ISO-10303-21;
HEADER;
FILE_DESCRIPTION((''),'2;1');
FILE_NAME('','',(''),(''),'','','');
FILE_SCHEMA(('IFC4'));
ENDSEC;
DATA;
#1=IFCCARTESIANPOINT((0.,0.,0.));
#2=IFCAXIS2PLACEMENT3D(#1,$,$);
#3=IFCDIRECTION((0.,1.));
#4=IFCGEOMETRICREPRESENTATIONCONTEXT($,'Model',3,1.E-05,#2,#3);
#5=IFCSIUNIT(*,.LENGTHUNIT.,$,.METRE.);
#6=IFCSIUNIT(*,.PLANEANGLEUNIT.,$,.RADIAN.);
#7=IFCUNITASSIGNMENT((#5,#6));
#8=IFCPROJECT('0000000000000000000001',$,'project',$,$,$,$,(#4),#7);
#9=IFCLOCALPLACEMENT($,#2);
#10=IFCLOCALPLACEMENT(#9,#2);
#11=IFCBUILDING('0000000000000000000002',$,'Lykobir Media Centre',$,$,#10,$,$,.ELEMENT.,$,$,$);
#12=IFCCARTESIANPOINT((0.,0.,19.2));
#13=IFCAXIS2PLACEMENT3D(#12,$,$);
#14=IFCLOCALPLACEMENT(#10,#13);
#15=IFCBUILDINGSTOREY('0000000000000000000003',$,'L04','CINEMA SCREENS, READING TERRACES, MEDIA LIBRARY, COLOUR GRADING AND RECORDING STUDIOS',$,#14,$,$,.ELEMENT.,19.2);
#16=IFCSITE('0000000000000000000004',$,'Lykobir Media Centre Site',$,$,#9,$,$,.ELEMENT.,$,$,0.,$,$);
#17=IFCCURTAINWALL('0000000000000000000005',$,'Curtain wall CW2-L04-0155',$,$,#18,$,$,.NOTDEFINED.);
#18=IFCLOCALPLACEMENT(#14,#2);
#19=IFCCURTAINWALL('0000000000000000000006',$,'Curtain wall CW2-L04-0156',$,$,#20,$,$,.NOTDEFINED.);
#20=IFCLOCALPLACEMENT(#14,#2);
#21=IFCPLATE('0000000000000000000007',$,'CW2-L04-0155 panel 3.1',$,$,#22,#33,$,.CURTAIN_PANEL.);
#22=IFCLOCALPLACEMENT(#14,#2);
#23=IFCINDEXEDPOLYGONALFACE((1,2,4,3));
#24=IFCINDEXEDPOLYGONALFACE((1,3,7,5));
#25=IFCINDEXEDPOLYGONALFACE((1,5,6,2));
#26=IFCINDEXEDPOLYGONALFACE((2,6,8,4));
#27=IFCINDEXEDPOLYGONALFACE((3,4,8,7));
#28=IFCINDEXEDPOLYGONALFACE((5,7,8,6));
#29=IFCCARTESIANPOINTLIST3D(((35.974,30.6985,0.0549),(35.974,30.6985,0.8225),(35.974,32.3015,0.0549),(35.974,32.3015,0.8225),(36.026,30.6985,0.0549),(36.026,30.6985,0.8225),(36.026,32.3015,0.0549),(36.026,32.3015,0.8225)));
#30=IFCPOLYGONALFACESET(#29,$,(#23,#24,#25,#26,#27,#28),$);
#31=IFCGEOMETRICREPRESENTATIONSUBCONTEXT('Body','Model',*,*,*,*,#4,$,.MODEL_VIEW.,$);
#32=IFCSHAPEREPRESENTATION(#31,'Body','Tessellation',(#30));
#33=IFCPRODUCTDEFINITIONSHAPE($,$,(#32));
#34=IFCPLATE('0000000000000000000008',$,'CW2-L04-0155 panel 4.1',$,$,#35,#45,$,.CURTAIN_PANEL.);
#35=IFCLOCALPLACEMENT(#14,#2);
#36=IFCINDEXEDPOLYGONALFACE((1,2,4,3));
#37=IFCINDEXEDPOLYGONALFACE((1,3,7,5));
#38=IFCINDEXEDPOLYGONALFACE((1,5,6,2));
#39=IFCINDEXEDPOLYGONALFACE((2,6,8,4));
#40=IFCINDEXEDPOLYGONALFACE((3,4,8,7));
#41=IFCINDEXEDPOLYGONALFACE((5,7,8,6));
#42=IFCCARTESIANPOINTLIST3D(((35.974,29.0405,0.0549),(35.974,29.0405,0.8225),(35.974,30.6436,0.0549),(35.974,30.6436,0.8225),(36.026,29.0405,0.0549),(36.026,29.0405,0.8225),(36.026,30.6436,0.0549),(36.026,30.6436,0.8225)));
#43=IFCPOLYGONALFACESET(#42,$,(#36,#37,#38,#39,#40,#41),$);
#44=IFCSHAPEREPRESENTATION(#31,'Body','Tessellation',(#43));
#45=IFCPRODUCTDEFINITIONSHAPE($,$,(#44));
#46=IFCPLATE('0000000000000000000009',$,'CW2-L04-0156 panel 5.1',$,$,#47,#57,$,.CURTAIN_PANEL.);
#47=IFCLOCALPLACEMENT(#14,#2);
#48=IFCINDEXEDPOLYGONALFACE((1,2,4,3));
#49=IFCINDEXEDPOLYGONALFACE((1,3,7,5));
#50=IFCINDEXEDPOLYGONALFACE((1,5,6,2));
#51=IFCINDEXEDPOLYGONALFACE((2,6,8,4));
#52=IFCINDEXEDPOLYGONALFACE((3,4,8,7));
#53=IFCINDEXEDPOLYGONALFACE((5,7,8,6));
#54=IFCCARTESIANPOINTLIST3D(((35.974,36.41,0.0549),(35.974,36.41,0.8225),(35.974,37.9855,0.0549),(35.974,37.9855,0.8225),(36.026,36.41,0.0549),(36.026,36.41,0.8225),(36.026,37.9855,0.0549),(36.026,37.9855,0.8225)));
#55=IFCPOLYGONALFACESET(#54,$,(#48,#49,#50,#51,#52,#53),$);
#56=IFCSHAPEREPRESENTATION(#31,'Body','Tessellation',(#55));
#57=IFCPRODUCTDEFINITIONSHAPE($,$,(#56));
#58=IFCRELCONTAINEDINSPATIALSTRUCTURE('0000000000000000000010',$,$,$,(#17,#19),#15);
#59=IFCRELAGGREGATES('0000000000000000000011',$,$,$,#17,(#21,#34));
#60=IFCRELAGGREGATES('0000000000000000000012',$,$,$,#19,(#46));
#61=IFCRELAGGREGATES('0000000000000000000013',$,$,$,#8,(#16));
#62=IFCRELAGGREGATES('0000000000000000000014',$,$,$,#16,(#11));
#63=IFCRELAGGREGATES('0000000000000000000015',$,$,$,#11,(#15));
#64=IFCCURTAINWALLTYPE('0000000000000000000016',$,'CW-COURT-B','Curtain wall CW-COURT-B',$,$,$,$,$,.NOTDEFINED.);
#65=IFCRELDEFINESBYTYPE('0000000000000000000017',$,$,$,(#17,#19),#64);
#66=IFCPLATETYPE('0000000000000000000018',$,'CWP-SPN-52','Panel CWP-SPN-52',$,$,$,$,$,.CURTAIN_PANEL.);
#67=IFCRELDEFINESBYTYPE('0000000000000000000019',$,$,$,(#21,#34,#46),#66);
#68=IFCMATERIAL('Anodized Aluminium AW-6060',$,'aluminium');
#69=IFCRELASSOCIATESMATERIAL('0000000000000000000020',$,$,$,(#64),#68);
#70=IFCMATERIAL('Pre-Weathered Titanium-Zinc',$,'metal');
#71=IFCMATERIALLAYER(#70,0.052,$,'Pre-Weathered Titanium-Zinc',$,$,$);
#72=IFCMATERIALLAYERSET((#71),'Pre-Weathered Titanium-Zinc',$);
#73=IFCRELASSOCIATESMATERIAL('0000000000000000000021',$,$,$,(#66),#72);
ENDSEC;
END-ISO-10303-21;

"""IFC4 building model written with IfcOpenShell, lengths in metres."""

from ifc_helpers import new_model, si_unit, direction, frame, origin, origin_2d, place, context, subcontext, project, spatial, rectangle, extrude, material, layer, layer_set, type_object, element, aggregate, save


model = new_model("IFC4")

# Units and contexts
model_context = context("Model", 3, precision=1e-05, world=origin(), true_north=direction((0.0, 1.0)))
body_context = subcontext(model_context, "Body", "Model", "MODEL_VIEW")
ifc_project = project(units=[si_unit("LENGTHUNIT", "METRE"), si_unit("PLANEANGLEUNIT", "RADIAN")], contexts=[model_context])

# Site, building, storey
site_placement = place(None, origin())
site = spatial("IfcSite", under=ifc_project, at=site_placement, Name="Lykobir Media Centre Site", CompositionType="ELEMENT", RefElevation=0.0)
building_placement = place(site_placement, origin())
building = spatial("IfcBuilding", under=site, at=building_placement, Name="Lykobir Media Centre", CompositionType="ELEMENT")
storey_placement = place(building_placement, frame((0.0, 0.0, 19.2)))
storey = spatial("IfcBuildingStorey", under=building, at=storey_placement, Name="L04", Description="CINEMA SCREENS, READING TERRACES, MEDIA LIBRARY, COLOUR GRADING AND RECORDING STUDIOS", CompositionType="ELEMENT", Elevation=19.2)

# Curtain wall
ifc_material_1 = material(Name="Anodized Aluminium AW-6060", Category="aluminium")
curtain_wall_type = type_object("IfcCurtainWallType", Name="CW-COURT-B", Description="Curtain wall CW-COURT-B", PredefinedType="NOTDEFINED", material=ifc_material_1)
curtain_wall_1_placement = place(storey_placement, origin())
curtain_wall_1 = element("IfcCurtainWall", 1, at=curtain_wall_1_placement, inside=storey, type_object=curtain_wall_type, Name="Curtain wall CW2-L04-0155", PredefinedType="NOTDEFINED")

# Curtain wall
curtain_wall_2_placement = place(storey_placement, origin())
curtain_wall_2 = element("IfcCurtainWall", 2, at=curtain_wall_2_placement, inside=storey, type_object=curtain_wall_type, Name="Curtain wall CW2-L04-0156", PredefinedType="NOTDEFINED")

# Plates
ifc_material_2 = material(Name="Pre-Weathered Titanium-Zinc", Category="metal")
ifc_layer_1 = layer(ifc_material_2, 0.052, Name="Pre-Weathered Titanium-Zinc")
ifc_layer_set_1 = layer_set([ifc_layer_1], Name="Pre-Weathered Titanium-Zinc")
plate_type_1 = type_object("IfcPlateType", Name="CWP-SPN-52", Description="Panel CWP-SPN-52", PredefinedType="CURTAIN_PANEL", material=ifc_layer_set_1)
plate_1_placement = place(storey_placement, frame((36.0, 31.5, 0.0549), z_axis=(0.0, 0.0, 1.0), x_axis=(0.0, -1.0, 0.0)))
plate_1 = element("IfcPlate", 3, at=plate_1_placement, type_object=plate_type_1, Name="CW2-L04-0155 panel 3.1", PredefinedType="CURTAIN_PANEL", context=body_context, shape_type="SweptSolid", body=[
    extrude(rectangle(XDim=1.603, YDim=0.052, at=origin_2d()), origin(), (0.0, 0.0, 1.0), 0.7676),
])
plate_2_placement = place(storey_placement, frame((36.0, 29.842, 0.0549), z_axis=(0.0, 0.0, 1.0), x_axis=(0.0, -1.0, 0.0)))
plate_2 = element("IfcPlate", 4, at=plate_2_placement, type_object=plate_type_1, Name="CW2-L04-0155 panel 4.1", PredefinedType="CURTAIN_PANEL", context=body_context, shape_type="SweptSolid", body=[
    extrude(rectangle(XDim=1.603, YDim=0.052, at=origin_2d()), origin(), (0.0, 0.0, 1.0), 0.7676),
])
aggregate(curtain_wall_1, [plate_1, plate_2])
plate_3_placement = place(storey_placement, frame((36.0, 37.1978, 0.0549), z_axis=(0.0, 0.0, 1.0), x_axis=(0.0, -1.0, 0.0)))
plate_3 = element("IfcPlate", 5, at=plate_3_placement, type_object=plate_type_1, Name="CW2-L04-0156 panel 5.1", PredefinedType="CURTAIN_PANEL", context=body_context, shape_type="SweptSolid", body=[
    extrude(rectangle(XDim=1.5754, YDim=0.052, at=origin_2d()), origin(), (0.0, 0.0, 1.0), 0.7676),
])
aggregate(curtain_wall_2, [plate_3])

save(model, "model.ifc")
